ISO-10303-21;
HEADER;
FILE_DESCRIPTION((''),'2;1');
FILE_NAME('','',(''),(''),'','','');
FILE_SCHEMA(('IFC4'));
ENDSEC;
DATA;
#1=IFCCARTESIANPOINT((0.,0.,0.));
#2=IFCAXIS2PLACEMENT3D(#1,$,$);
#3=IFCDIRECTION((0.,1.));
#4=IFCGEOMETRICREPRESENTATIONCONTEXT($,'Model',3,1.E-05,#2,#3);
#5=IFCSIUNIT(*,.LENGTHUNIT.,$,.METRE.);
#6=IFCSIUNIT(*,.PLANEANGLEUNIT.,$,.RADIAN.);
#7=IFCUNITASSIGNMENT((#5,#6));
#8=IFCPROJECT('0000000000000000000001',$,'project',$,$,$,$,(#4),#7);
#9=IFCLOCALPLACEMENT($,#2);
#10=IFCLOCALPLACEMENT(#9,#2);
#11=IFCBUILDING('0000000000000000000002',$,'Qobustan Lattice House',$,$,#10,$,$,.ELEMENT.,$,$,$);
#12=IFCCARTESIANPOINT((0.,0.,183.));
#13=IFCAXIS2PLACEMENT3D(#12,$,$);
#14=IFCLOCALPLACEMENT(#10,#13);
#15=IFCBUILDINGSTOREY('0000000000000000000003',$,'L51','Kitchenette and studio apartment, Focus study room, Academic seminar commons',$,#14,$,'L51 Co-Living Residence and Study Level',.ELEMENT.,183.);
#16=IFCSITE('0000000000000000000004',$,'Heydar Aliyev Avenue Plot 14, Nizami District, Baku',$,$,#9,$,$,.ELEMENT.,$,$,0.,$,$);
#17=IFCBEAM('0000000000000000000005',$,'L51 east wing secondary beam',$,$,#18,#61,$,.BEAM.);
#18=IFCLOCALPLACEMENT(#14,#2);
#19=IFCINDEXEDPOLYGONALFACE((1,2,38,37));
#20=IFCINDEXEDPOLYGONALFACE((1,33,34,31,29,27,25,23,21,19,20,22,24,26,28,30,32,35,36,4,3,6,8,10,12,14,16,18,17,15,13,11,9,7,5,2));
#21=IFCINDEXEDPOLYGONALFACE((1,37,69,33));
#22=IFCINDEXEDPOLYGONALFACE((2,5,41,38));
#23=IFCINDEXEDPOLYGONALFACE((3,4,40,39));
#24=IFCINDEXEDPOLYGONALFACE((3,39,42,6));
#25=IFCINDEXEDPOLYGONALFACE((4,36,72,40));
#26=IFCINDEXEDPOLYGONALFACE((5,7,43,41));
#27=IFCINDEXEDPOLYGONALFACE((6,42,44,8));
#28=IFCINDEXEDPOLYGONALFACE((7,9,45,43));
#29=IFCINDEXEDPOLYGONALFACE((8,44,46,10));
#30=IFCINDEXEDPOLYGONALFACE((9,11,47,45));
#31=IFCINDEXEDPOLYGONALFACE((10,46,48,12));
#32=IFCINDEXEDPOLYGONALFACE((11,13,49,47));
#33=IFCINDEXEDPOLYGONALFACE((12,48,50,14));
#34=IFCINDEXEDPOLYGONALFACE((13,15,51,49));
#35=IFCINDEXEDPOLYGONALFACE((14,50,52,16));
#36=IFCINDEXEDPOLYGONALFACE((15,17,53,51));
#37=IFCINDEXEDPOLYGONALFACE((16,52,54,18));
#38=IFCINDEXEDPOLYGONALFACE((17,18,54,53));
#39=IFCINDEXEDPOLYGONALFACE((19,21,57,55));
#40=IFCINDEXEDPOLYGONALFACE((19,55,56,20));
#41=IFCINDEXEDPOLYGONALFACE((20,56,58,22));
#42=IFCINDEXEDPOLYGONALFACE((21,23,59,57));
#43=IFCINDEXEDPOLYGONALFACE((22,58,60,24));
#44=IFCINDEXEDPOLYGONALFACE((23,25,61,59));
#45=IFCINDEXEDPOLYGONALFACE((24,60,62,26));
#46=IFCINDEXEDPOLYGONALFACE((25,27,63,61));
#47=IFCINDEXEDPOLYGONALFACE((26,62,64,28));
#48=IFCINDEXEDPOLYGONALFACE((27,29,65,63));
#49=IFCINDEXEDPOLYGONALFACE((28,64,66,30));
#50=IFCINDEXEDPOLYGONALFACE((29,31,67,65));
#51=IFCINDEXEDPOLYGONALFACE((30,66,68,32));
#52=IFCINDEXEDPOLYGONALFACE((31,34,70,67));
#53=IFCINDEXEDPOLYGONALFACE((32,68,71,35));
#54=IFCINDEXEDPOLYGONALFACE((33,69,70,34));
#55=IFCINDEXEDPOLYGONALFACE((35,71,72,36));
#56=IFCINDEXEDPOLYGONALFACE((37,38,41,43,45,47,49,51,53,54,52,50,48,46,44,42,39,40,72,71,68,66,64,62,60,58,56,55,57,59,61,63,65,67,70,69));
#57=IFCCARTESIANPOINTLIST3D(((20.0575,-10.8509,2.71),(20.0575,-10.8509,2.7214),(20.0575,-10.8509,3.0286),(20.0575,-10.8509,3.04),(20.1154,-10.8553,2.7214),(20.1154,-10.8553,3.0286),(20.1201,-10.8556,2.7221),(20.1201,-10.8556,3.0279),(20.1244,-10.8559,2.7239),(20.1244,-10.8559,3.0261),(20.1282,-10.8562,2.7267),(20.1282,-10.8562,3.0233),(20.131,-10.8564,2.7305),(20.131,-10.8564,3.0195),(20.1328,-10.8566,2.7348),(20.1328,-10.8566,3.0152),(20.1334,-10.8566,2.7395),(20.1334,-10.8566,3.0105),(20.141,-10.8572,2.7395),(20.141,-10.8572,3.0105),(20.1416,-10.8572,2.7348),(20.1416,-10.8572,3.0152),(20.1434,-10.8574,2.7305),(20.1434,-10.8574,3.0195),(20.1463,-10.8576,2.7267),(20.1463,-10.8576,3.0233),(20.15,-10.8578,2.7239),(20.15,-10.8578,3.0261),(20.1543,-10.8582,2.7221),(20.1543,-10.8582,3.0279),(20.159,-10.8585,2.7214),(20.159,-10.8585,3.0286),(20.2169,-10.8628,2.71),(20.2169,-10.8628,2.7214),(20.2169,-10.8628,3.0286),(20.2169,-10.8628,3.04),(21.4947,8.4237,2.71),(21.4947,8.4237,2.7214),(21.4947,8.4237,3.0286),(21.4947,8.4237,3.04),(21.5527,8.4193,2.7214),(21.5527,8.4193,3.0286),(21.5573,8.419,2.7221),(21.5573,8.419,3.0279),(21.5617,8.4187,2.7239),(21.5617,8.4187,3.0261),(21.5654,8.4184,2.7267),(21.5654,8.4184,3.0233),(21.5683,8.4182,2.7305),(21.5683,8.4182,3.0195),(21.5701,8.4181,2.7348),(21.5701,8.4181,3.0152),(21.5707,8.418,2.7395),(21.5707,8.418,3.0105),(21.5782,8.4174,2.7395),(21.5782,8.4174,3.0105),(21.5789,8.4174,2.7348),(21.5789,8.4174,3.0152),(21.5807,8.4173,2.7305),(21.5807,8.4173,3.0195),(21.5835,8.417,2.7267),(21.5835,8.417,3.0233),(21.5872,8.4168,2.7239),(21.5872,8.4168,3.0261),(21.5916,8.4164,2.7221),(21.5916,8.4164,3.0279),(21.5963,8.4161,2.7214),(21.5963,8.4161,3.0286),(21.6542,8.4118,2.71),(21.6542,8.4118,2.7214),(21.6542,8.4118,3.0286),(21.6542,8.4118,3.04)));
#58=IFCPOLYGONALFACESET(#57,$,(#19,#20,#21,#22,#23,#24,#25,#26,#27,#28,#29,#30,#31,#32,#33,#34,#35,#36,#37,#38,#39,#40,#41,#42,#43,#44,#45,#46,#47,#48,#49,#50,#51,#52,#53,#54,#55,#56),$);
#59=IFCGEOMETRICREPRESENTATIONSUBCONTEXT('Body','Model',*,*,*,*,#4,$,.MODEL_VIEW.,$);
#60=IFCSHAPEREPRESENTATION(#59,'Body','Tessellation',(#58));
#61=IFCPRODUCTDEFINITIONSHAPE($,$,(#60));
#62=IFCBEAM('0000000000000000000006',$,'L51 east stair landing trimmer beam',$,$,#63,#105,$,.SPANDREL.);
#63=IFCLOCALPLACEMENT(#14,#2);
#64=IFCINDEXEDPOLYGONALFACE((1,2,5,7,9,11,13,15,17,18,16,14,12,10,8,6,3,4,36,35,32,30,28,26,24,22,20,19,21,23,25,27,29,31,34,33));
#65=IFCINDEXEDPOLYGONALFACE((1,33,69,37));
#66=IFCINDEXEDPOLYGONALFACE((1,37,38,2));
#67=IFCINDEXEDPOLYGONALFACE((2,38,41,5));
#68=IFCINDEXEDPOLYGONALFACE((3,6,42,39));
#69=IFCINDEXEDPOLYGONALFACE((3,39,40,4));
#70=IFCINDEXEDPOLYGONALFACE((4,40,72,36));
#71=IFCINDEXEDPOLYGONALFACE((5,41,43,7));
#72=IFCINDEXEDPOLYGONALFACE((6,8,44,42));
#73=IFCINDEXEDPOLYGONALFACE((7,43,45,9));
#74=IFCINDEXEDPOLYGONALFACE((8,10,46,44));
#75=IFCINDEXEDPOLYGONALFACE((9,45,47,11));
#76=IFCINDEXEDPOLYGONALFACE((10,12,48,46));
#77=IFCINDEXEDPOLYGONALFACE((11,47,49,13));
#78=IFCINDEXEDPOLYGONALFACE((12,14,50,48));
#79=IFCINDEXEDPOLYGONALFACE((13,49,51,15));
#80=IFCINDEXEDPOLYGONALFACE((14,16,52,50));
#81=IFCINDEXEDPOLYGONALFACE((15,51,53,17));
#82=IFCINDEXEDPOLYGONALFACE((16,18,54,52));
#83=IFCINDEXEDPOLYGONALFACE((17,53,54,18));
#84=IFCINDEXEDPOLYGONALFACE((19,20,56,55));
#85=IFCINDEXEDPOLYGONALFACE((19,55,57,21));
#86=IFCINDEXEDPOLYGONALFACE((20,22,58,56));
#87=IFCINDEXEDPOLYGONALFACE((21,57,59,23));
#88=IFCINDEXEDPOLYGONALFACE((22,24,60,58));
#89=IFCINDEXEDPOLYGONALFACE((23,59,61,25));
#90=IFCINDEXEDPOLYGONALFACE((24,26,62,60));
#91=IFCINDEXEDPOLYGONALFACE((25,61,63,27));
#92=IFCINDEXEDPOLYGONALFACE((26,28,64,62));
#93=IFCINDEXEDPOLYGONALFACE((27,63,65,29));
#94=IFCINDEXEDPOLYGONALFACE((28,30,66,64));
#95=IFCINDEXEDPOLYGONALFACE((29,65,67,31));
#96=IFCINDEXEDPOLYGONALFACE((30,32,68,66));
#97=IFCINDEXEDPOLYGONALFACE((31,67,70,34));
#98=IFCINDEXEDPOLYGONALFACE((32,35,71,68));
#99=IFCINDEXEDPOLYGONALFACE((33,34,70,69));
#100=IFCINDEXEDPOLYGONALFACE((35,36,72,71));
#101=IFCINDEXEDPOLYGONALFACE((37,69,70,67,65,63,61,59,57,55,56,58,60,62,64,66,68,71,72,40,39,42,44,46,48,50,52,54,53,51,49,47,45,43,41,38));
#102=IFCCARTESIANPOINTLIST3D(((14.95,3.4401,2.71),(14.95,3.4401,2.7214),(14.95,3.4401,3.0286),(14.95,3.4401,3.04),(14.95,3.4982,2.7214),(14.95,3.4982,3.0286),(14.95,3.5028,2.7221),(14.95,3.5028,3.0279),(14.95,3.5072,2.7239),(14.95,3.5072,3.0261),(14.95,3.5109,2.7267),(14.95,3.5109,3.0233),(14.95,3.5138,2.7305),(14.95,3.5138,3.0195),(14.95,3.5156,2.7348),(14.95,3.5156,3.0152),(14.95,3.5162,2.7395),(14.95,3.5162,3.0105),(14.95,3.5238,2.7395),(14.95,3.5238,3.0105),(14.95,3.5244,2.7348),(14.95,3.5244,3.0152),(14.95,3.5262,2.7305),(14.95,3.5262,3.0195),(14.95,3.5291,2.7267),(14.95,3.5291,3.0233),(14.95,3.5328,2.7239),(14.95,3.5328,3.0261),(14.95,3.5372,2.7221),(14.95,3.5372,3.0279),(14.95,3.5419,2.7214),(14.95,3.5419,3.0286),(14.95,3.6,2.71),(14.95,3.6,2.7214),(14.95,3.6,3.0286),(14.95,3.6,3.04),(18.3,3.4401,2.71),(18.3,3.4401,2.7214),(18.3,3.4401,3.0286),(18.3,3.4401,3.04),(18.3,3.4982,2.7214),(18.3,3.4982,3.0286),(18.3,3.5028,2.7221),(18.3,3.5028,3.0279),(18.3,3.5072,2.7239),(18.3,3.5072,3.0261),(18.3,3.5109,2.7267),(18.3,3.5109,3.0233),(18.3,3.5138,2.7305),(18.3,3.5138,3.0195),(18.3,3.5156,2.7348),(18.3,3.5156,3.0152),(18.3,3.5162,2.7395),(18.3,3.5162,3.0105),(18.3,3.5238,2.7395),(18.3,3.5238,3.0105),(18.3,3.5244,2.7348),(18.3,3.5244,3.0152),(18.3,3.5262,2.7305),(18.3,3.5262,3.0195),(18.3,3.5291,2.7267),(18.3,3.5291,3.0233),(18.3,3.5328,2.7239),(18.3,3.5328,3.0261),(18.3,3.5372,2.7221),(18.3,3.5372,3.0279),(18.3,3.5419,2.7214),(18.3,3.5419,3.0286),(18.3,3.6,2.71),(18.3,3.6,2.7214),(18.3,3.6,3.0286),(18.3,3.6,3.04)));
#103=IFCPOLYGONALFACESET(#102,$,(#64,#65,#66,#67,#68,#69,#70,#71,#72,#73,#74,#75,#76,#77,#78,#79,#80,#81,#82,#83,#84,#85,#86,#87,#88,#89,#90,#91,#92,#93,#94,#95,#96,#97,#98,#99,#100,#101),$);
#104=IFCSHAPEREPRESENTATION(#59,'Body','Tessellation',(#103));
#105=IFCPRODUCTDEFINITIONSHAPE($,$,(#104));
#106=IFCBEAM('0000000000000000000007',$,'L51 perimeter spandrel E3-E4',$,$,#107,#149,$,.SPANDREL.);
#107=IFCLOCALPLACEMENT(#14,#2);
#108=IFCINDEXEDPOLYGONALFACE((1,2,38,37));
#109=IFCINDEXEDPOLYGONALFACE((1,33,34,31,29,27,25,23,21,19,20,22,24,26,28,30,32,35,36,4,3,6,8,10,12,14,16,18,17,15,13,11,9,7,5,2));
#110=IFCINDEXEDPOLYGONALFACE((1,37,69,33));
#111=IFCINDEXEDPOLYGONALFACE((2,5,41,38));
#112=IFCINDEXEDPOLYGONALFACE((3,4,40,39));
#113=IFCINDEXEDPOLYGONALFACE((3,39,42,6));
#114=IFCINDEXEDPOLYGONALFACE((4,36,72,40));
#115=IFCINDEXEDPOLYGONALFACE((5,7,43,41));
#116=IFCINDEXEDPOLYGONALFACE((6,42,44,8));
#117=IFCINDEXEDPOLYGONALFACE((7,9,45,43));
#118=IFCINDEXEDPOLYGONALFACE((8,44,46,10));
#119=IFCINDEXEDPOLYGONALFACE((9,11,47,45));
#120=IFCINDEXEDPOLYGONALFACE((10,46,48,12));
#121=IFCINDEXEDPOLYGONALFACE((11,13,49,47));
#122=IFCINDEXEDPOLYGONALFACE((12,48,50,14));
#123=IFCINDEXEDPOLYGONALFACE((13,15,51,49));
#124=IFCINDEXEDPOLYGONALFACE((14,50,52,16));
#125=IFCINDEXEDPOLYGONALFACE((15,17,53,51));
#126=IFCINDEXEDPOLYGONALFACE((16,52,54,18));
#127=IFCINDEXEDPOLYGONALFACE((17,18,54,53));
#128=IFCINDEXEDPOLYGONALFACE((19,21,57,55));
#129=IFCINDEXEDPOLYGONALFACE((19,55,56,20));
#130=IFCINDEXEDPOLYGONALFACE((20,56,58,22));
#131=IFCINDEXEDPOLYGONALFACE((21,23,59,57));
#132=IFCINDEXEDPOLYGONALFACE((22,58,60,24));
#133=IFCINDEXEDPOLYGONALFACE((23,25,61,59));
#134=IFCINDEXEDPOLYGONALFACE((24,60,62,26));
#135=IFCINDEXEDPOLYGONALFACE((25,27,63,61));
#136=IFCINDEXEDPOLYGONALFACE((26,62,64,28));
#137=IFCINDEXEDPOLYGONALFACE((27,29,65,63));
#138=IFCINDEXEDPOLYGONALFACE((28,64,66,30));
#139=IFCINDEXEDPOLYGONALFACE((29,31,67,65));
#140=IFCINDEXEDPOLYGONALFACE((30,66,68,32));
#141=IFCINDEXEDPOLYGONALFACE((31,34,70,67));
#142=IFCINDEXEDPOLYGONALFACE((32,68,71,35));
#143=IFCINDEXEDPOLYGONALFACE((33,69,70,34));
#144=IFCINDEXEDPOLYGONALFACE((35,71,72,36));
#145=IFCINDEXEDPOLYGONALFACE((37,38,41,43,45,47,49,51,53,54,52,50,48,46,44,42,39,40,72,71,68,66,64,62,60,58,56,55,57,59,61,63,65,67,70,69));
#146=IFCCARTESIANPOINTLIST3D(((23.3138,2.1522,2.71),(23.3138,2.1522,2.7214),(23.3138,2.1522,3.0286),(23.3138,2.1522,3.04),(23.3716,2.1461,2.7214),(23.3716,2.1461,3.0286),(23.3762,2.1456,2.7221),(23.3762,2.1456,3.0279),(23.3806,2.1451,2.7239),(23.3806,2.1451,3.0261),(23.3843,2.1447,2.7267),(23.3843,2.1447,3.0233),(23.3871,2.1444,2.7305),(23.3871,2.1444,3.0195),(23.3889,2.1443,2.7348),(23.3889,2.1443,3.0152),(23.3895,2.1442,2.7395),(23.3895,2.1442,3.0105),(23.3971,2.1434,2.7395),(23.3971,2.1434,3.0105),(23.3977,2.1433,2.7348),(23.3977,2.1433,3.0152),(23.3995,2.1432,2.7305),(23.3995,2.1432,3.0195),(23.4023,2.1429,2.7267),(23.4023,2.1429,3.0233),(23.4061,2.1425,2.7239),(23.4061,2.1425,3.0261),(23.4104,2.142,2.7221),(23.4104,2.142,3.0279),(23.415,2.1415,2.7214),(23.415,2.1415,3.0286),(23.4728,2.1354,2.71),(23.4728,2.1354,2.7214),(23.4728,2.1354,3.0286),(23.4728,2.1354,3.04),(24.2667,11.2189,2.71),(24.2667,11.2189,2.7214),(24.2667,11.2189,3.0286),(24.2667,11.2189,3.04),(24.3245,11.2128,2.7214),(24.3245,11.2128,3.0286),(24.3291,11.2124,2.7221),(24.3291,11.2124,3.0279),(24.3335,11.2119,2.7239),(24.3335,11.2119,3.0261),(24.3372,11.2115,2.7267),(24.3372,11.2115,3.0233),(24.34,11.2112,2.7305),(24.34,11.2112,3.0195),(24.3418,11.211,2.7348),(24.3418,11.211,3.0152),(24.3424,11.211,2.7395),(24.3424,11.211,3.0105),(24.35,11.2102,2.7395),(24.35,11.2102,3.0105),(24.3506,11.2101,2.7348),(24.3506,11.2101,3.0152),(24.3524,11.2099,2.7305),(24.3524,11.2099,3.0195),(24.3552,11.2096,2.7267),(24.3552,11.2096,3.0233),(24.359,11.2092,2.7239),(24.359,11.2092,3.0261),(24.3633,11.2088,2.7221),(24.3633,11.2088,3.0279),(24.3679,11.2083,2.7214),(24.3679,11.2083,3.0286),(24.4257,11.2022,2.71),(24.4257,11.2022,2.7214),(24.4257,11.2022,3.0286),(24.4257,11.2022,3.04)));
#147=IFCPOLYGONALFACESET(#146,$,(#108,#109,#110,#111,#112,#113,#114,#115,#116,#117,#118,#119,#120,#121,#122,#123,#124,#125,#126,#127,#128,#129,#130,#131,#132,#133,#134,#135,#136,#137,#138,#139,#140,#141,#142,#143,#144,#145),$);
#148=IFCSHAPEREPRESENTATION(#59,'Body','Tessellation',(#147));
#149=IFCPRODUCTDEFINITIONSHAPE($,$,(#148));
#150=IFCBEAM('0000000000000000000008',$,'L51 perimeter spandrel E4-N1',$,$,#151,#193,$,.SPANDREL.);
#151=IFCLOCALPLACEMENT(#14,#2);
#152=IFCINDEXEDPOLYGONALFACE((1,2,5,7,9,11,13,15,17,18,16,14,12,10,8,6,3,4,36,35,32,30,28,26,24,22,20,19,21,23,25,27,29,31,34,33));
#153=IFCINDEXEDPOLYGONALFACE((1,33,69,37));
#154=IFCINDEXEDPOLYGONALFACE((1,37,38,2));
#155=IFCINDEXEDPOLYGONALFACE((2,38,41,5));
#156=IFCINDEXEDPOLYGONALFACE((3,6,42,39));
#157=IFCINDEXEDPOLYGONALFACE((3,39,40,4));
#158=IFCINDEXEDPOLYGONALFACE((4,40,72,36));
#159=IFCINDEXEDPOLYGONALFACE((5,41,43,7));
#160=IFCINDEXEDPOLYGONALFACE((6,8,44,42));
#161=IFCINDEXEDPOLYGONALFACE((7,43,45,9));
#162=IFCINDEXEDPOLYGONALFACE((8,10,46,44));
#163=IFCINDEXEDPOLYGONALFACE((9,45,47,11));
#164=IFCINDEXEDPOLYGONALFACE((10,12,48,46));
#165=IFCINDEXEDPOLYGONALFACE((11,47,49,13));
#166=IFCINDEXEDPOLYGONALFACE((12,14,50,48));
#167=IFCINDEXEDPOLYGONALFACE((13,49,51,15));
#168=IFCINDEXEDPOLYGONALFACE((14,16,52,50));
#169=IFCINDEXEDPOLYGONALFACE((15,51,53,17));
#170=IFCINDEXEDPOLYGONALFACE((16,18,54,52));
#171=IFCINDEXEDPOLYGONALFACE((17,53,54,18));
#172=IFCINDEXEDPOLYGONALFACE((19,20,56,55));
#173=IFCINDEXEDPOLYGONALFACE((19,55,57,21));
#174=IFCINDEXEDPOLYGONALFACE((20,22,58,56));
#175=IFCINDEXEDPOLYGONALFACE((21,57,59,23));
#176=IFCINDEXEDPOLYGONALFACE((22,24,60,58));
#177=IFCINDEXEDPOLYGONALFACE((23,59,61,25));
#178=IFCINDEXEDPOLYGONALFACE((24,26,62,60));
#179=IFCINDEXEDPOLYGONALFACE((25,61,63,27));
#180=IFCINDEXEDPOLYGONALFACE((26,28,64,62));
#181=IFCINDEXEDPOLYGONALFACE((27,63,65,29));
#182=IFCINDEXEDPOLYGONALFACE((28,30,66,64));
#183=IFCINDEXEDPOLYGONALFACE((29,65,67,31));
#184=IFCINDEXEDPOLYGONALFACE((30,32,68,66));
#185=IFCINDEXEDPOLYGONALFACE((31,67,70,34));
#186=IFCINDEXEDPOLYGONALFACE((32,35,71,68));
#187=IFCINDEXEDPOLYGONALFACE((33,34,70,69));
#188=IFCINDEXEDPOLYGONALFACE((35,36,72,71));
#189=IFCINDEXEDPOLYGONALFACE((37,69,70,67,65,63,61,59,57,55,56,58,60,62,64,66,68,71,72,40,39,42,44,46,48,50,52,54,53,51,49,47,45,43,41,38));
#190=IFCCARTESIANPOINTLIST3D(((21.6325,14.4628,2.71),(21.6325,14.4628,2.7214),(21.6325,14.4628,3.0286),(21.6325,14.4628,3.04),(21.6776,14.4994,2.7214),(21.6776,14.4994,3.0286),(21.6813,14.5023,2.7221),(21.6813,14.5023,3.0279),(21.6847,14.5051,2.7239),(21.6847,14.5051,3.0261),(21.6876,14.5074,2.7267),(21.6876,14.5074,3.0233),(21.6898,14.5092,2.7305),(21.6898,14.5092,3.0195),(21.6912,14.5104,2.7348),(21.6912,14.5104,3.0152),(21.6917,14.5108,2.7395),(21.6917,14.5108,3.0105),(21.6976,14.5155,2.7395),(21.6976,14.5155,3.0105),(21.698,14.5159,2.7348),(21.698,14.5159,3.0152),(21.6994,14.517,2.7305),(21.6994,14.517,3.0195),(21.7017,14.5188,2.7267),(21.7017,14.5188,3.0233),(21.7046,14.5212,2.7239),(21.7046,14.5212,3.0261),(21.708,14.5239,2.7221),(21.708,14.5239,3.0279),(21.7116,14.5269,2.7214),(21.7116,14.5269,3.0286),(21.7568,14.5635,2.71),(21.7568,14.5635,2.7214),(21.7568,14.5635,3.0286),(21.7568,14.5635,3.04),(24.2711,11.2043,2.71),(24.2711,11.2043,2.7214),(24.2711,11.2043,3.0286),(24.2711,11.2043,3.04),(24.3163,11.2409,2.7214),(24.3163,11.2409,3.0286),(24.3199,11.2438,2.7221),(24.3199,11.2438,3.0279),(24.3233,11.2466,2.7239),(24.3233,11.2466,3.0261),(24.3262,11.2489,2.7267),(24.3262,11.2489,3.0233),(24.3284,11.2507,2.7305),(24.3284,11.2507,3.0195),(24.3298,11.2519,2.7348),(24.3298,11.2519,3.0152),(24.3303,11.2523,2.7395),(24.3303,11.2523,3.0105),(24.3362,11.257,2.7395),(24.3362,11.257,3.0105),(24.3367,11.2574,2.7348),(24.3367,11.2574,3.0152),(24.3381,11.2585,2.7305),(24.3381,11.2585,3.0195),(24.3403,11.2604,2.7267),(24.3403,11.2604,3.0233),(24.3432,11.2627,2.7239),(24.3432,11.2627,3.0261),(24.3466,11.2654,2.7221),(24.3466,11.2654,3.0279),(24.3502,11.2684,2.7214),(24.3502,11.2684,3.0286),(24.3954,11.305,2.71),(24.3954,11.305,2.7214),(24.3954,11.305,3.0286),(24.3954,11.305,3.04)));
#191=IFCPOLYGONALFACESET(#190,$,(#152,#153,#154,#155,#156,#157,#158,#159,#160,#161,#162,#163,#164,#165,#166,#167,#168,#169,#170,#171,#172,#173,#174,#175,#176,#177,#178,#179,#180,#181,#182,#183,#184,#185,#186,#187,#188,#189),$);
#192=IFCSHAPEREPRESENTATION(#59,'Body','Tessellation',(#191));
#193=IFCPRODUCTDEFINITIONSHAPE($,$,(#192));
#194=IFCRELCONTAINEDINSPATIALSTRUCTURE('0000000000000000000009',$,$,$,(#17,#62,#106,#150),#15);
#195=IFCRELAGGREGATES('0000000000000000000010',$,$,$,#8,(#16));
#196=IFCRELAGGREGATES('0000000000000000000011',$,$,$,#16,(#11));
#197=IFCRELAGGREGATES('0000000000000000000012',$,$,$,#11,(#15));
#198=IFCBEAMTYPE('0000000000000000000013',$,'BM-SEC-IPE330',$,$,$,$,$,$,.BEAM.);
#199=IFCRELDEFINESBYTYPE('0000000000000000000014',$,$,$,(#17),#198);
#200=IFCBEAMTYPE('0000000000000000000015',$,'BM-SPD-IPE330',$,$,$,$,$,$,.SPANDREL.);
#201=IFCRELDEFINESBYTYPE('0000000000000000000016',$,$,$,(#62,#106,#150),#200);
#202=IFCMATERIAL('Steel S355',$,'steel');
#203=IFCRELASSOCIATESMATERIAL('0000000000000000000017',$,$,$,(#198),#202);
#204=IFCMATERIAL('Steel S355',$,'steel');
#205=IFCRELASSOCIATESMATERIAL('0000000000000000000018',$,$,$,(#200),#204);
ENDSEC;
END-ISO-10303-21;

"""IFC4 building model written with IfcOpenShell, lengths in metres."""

from ifc_helpers import new_model, si_unit, direction, frame, origin, origin_2d, place, context, subcontext, project, spatial, i_section, extrude, material, material_profile, profile_set, type_object, element, save


model = new_model("IFC4")

# Units and contexts
model_context = context("Model", 3, precision=1e-05, world=origin(), true_north=direction((0.0, 1.0)))
body_context = subcontext(model_context, "Body", "Model", "MODEL_VIEW")
ifc_project = project(units=[si_unit("LENGTHUNIT", "METRE"), si_unit("PLANEANGLEUNIT", "RADIAN")], contexts=[model_context])

# Site, building, storey
site_placement = place(None, origin())
site = spatial("IfcSite", under=ifc_project, at=site_placement, Name="Heydar Aliyev Avenue Plot 14, Nizami District, Baku", CompositionType="ELEMENT", RefElevation=0.0)
building_placement = place(site_placement, origin())
building = spatial("IfcBuilding", under=site, at=building_placement, Name="Qobustan Lattice House", CompositionType="ELEMENT")
storey_placement = place(building_placement, frame((0.0, 0.0, 183.0)))
storey = spatial("IfcBuildingStorey", under=building, at=storey_placement, Name="L51", Description="Kitchenette and studio apartment, Focus study room, Academic seminar commons", LongName="L51 Co-Living Residence and Study Level", CompositionType="ELEMENT", Elevation=183.0)

# Beams
ifc_material_1 = material(Name="Steel S355", Category="steel")
ifc_material_profile_1 = material_profile(ifc_material_1, i_section(OverallWidth=0.1599, OverallDepth=0.3301, WebThickness=0.0076, FlangeThickness=0.0115, FilletRadius=0.0181, at=origin_2d()), Name="IPE330")
ifc_profile_set_1 = profile_set([ifc_material_profile_1], Name="Steel S355")
beam_type_1 = type_object("IfcBeamType", Name="BM-SEC-IPE330", PredefinedType="BEAM", material=ifc_profile_set_1)
beam_1_placement = place(storey_placement, frame((21.5745, 8.4177, 2.875), z_axis=(-0.074361, -0.997231, 0.0), x_axis=(0.997231, -0.074361, 0.0)))
element("IfcBeam", 1, at=beam_1_placement, inside=storey, type_object=beam_type_1, Name="L51 east wing secondary beam", PredefinedType="BEAM", context=body_context, shape_type="SweptSolid", body=[
    extrude(i_section(OverallWidth=0.1599, OverallDepth=0.3301, WebThickness=0.0076, FlangeThickness=0.0115, FilletRadius=0.0181, at=origin_2d()), origin(), (0.0, 0.0, 1.0), 19.3281),
])
ifc_material_2 = material(Name="Steel S355", Category="steel")
ifc_material_profile_2 = material_profile(ifc_material_2, i_section(OverallWidth=0.1599, OverallDepth=0.3301, WebThickness=0.0076, FlangeThickness=0.0115, FilletRadius=0.0181, at=origin_2d()), Name="IPE330")
ifc_profile_set_2 = profile_set([ifc_material_profile_2], Name="Steel S355")
beam_type_2 = type_object("IfcBeamType", Name="BM-SPD-IPE330", PredefinedType="SPANDREL", material=ifc_profile_set_2)
beam_2_placement = place(storey_placement, frame((14.95, 3.52, 2.875), z_axis=(1.0, 0.0, 0.0), x_axis=(0.0, 1.0, 0.0)))
element("IfcBeam", 2, at=beam_2_placement, inside=storey, type_object=beam_type_2, Name="L51 east stair landing trimmer beam", PredefinedType="SPANDREL", context=body_context, shape_type="SweptSolid", body=[
    extrude(i_section(OverallWidth=0.1599, OverallDepth=0.3301, WebThickness=0.0076, FlangeThickness=0.0115, FilletRadius=0.0181, at=origin_2d()), origin(), (0.0, 0.0, 1.0), 3.3501),
])
beam_3_placement = place(storey_placement, frame((23.3933, 2.1438, 2.875), z_axis=(0.104522, 0.994523, 0.0), x_axis=(-0.994523, 0.104522, 0.0)))
element("IfcBeam", 3, at=beam_3_placement, inside=storey, type_object=beam_type_2, Name="L51 perimeter spandrel E3-E4", PredefinedType="SPANDREL", context=body_context, shape_type="SweptSolid", body=[
    extrude(i_section(OverallWidth=0.1599, OverallDepth=0.3301, WebThickness=0.0076, FlangeThickness=0.0115, FilletRadius=0.0181, at=origin_2d()), origin(), (0.0, 0.0, 1.0), 9.1167),
])
beam_4_placement = place(storey_placement, frame((24.3333, 11.2546, 2.875), z_axis=(-0.629314, 0.777151, 0.0), x_axis=(-0.777151, -0.629314, 0.0)))
element("IfcBeam", 4, at=beam_4_placement, inside=storey, type_object=beam_type_2, Name="L51 perimeter spandrel E4-N1", PredefinedType="SPANDREL", context=body_context, shape_type="SweptSolid", body=[
    extrude(i_section(OverallWidth=0.1599, OverallDepth=0.3301, WebThickness=0.0076, FlangeThickness=0.0115, FilletRadius=0.0181, at=origin_2d()), origin(), (0.0, 0.0, 1.0), 4.1929),
])

save(model, "model.ifc")
